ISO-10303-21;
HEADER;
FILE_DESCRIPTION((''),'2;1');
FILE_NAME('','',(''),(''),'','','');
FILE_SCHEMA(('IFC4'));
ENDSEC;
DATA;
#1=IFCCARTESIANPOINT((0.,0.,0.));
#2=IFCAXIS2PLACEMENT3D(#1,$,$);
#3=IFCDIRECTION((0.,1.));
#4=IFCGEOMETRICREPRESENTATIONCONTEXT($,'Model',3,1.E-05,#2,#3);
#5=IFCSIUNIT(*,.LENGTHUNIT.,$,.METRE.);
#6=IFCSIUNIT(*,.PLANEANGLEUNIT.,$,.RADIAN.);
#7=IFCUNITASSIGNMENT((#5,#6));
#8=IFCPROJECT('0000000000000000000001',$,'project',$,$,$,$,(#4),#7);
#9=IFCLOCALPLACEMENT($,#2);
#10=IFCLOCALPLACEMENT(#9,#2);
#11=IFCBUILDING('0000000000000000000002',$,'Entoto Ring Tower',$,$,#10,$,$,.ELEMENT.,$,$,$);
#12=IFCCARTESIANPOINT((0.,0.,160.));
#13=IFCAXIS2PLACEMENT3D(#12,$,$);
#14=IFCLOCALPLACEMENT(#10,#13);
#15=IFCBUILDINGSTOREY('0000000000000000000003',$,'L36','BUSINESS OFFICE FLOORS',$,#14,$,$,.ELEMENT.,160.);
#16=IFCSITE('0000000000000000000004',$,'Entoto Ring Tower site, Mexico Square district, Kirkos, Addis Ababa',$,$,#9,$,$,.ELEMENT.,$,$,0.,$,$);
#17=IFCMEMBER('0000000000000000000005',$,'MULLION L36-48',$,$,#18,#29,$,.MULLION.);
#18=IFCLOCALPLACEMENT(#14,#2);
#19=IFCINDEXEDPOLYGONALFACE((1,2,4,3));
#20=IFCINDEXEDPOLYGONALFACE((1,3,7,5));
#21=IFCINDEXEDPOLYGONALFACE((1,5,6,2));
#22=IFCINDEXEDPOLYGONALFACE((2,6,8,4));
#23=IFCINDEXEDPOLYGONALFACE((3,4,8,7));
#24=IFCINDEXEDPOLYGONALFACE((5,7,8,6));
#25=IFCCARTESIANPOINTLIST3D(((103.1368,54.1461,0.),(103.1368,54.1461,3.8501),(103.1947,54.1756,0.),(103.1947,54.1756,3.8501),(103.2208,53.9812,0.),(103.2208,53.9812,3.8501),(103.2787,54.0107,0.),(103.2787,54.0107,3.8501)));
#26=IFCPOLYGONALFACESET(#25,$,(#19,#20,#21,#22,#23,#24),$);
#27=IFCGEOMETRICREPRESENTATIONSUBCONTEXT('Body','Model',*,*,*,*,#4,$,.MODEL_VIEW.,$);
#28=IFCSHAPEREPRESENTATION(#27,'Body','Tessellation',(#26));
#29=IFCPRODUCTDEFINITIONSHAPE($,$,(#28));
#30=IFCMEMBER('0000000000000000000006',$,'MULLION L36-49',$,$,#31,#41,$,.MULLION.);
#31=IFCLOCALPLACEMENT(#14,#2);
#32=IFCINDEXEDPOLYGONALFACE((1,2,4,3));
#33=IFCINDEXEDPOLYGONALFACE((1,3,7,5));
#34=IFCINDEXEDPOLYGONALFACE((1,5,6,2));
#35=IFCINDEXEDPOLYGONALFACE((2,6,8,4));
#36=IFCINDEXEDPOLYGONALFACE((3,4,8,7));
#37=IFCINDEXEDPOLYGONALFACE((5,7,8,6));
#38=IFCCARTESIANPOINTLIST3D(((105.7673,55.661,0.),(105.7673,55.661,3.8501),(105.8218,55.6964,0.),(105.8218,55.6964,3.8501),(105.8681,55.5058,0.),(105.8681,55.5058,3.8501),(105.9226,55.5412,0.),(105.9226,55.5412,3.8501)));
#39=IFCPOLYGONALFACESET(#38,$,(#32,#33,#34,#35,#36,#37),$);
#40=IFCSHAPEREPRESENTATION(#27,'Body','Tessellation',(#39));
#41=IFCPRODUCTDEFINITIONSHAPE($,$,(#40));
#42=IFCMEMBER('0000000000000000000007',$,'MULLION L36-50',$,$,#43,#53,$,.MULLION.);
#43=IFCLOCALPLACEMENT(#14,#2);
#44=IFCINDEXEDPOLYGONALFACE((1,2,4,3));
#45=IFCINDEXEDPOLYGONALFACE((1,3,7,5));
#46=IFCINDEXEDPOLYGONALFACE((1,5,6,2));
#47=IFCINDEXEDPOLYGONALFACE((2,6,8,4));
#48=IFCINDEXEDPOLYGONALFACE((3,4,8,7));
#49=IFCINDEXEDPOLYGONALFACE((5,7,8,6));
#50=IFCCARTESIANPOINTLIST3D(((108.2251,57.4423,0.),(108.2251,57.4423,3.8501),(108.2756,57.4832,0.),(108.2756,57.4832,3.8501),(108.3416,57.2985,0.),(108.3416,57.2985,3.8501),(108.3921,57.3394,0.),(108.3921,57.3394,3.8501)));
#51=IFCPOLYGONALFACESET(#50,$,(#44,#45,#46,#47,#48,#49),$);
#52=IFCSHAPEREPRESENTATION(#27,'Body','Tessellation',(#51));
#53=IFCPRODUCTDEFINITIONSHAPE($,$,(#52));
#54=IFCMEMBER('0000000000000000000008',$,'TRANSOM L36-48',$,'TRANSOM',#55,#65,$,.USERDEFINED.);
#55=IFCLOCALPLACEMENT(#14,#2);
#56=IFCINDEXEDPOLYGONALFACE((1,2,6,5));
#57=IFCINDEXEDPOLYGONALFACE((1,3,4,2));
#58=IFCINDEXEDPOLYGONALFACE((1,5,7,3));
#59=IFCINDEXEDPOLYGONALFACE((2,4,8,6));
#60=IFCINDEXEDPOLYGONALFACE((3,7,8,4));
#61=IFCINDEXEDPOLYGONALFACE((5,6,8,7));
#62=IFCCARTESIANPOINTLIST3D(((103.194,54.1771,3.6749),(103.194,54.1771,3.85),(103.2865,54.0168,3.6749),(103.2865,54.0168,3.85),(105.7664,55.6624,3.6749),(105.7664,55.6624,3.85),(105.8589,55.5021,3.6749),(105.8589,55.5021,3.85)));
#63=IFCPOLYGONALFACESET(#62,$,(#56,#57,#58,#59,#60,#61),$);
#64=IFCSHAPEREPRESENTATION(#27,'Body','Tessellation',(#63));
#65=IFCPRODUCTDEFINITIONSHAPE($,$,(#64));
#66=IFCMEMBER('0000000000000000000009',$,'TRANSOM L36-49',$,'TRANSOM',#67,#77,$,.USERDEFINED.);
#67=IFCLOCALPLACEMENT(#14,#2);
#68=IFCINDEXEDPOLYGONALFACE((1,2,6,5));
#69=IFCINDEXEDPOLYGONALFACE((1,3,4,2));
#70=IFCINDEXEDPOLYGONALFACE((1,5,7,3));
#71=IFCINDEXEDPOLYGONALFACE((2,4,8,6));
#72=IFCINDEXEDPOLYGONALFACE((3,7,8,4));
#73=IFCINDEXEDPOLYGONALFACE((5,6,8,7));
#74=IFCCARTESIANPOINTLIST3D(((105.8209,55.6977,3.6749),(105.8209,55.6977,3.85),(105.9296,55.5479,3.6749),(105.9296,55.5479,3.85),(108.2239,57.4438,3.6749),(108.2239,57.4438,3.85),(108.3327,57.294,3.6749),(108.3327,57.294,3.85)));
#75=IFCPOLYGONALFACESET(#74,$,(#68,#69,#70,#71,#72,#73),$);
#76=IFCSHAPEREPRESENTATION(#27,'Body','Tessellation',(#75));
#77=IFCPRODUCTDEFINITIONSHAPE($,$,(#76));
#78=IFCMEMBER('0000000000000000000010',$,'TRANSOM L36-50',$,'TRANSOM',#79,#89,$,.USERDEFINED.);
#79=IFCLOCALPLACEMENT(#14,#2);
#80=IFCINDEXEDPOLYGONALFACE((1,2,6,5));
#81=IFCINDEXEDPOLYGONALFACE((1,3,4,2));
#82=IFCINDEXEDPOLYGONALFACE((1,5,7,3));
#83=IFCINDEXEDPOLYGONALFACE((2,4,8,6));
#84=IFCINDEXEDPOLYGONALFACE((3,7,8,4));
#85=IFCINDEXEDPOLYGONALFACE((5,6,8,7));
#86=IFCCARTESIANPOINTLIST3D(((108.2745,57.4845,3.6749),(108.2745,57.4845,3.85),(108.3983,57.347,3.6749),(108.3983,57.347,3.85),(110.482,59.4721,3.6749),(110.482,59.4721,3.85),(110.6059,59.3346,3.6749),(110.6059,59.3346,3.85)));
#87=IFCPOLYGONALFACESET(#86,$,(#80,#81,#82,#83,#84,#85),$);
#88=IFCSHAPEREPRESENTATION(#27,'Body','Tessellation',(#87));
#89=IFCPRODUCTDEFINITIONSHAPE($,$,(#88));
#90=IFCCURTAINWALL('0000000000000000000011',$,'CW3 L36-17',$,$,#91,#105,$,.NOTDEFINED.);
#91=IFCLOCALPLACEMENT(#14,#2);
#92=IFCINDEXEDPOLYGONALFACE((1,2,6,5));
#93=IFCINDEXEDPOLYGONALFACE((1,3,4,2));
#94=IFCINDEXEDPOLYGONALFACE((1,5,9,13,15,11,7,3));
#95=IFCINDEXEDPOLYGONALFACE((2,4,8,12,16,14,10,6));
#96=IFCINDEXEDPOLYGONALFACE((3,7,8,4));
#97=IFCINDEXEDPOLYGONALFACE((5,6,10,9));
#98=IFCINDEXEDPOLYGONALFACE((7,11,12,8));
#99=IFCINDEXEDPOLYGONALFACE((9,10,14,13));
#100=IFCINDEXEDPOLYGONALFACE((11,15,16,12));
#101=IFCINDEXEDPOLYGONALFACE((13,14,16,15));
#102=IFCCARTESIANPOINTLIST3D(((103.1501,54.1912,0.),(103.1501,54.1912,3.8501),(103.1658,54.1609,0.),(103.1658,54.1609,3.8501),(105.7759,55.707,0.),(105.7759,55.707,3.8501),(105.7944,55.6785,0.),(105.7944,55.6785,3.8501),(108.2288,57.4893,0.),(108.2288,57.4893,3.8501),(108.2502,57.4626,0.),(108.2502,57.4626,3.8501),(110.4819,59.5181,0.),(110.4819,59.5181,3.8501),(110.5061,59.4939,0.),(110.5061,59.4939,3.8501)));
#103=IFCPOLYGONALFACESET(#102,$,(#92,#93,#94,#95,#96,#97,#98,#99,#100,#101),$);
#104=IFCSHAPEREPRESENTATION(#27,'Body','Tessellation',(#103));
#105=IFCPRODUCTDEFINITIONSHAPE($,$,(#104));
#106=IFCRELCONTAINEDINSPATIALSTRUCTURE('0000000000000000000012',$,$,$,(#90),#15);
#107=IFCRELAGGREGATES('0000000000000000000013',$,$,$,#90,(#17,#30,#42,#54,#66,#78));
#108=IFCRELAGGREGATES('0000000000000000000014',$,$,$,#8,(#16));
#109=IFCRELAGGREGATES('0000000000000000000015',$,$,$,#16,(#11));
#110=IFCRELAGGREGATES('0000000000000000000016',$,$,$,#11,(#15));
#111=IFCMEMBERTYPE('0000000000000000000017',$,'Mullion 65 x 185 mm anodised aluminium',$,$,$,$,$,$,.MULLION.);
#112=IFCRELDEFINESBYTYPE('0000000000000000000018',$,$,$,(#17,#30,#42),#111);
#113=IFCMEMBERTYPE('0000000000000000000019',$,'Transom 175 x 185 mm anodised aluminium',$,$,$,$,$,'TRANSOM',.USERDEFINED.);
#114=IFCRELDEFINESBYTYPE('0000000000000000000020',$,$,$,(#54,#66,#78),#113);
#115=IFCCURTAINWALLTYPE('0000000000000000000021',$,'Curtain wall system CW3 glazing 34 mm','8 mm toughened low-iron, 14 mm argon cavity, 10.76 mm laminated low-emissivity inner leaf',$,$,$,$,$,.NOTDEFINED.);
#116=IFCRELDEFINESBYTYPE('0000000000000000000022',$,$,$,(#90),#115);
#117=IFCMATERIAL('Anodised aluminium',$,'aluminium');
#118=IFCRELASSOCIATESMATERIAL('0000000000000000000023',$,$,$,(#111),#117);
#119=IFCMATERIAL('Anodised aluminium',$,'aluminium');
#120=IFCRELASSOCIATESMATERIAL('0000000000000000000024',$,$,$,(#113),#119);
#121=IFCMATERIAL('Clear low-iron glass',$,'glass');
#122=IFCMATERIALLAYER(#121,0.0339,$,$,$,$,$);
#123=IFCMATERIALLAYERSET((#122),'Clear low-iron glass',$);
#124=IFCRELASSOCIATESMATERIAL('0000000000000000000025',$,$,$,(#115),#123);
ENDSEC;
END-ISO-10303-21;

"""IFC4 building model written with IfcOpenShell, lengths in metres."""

from ifc_helpers import new_model, si_unit, direction, frame, origin, origin_2d, place, context, subcontext, project, spatial, polyline, rectangle, outline, extrude, material, layer, layer_set, material_profile, profile_set, type_object, element, aggregate, save


model = new_model("IFC4")

# Units and contexts
model_context = context("Model", 3, precision=1e-05, world=origin(), true_north=direction((0.0, 1.0)))
body_context = subcontext(model_context, "Body", "Model", "MODEL_VIEW")
ifc_project = project(units=[si_unit("LENGTHUNIT", "METRE"), si_unit("PLANEANGLEUNIT", "RADIAN")], contexts=[model_context])

# Members
ifc_material_1 = material(Name="Anodised aluminium", Category="aluminium")
ifc_material_profile_1 = material_profile(ifc_material_1, rectangle(XDim=0.0649, YDim=0.1851, at=origin_2d()), Name="Mullion 65 x 185 mm anodised aluminium")
ifc_profile_set_1 = profile_set([ifc_material_profile_1], Name="Anodised aluminium")
member_type_1 = type_object("IfcMemberType", Name="Mullion 65 x 185 mm anodised aluminium", PredefinedType="MULLION", material=ifc_profile_set_1)
site_placement = place(None, origin())
building_placement = place(site_placement, origin())
storey_placement = place(building_placement, frame((0.0, 0.0, 160.0)))
member_1_placement = place(storey_placement, frame((103.2078, 54.0784, 0.0), z_axis=(0.0, 0.0, 1.0), x_axis=(0.891007, 0.45399, 0.0)))
member_1 = element("IfcMember", 1, at=member_1_placement, type_object=member_type_1, Name="MULLION L36-48", PredefinedType="MULLION", context=body_context, shape_type="SweptSolid", body=[
    extrude(rectangle(XDim=0.0649, YDim=0.1851, at=origin_2d()), origin(), (0.0, 0.0, 1.0), 3.8501),
])
member_2_placement = place(storey_placement, frame((105.845, 55.6011, 0.0), z_axis=(0.0, 0.0, 1.0), x_axis=(0.838671, 0.544639, 0.0)))
member_2 = element("IfcMember", 2, at=member_2_placement, type_object=member_type_1, Name="MULLION L36-49", PredefinedType="MULLION", context=body_context, shape_type="SweptSolid", body=[
    extrude(rectangle(XDim=0.0649, YDim=0.1851, at=origin_2d()), origin(), (0.0, 0.0, 1.0), 3.8501),
])
member_3_placement = place(storey_placement, frame((108.3086, 57.3909, 0.0), z_axis=(0.0, 0.0, 1.0), x_axis=(0.777146, 0.62932, 0.0)))
member_3 = element("IfcMember", 3, at=member_3_placement, type_object=member_type_1, Name="MULLION L36-50", PredefinedType="MULLION", context=body_context, shape_type="SweptSolid", body=[
    extrude(rectangle(XDim=0.0649, YDim=0.1851, at=origin_2d()), origin(), (0.0, 0.0, 1.0), 3.8501),
])
ifc_material_2 = material(Name="Anodised aluminium", Category="aluminium")
ifc_material_profile_2 = material_profile(ifc_material_2, rectangle(XDim=0.1851, YDim=0.175, at=origin_2d()), Name="Transom 175 x 185 mm anodised aluminium")
ifc_profile_set_2 = profile_set([ifc_material_profile_2], Name="Anodised aluminium")
member_type_2 = type_object("IfcMemberType", Name="Transom 175 x 185 mm anodised aluminium", ElementType="TRANSOM", PredefinedType="USERDEFINED", material=ifc_profile_set_2)
member_4_placement = place(storey_placement, frame((103.2402, 54.0969, 3.7625), z_axis=(0.866009, 0.500028, 0.0), x_axis=(-0.500028, 0.866009, 0.0)))
member_4 = element("IfcMember", 4, at=member_4_placement, type_object=member_type_2, Name="TRANSOM L36-48", ObjectType="TRANSOM", PredefinedType="USERDEFINED", context=body_context, shape_type="SweptSolid", body=[
    extrude(rectangle(XDim=0.1851, YDim=0.175, at=origin_2d()), origin(), (0.0, 0.0, 1.0), 2.9705),
])
member_5_placement = place(storey_placement, frame((105.8752, 55.6228, 3.7625), z_axis=(0.808992, 0.58782, 0.0), x_axis=(-0.58782, 0.808992, 0.0)))
member_5 = element("IfcMember", 5, at=member_5_placement, type_object=member_type_2, Name="TRANSOM L36-49", ObjectType="TRANSOM", PredefinedType="USERDEFINED", context=body_context, shape_type="SweptSolid", body=[
    extrude(rectangle(XDim=0.1851, YDim=0.175, at=origin_2d()), origin(), (0.0, 0.0, 1.0), 2.9705),
])
member_6_placement = place(storey_placement, frame((108.3364, 57.4158, 3.7625), z_axis=(0.743163, 0.66911, 0.0), x_axis=(-0.66911, 0.743163, 0.0)))
member_6 = element("IfcMember", 6, at=member_6_placement, type_object=member_type_2, Name="TRANSOM L36-50", ObjectType="TRANSOM", PredefinedType="USERDEFINED", context=body_context, shape_type="SweptSolid", body=[
    extrude(rectangle(XDim=0.1851, YDim=0.175, at=origin_2d()), origin(), (0.0, 0.0, 1.0), 2.9705),
])

# Site, building, storey
site = spatial("IfcSite", under=ifc_project, at=site_placement, Name="Entoto Ring Tower site, Mexico Square district, Kirkos, Addis Ababa", CompositionType="ELEMENT", RefElevation=0.0)
building = spatial("IfcBuilding", under=site, at=building_placement, Name="Entoto Ring Tower", CompositionType="ELEMENT")
storey = spatial("IfcBuildingStorey", under=building, at=storey_placement, Name="L36", Description="BUSINESS OFFICE FLOORS", CompositionType="ELEMENT", Elevation=160.0)

# Curtain wall
ifc_material_3 = material(Name="Clear low-iron glass", Category="glass")
ifc_layer = layer(ifc_material_3, 0.0339)
ifc_layer_set = layer_set([ifc_layer], Name="Clear low-iron glass")
curtain_wall_type = type_object("IfcCurtainWallType", Name="Curtain wall system CW3 glazing 34 mm", Description="8 mm toughened low-iron, 14 mm argon cavity, 10.76 mm laminated low-emissivity inner leaf", PredefinedType="NOTDEFINED", material=ifc_layer_set)
curtain_wall_1_placement = place(storey_placement, origin())
curtain_wall_1 = element("IfcCurtainWall", 7, at=curtain_wall_1_placement, inside=storey, type_object=curtain_wall_type, Name="CW3 L36-17", PredefinedType="NOTDEFINED", context=body_context, shape_type="SweptSolid", body=[
    extrude(outline(polyline([(103.1658, 54.1609), (105.7944, 55.6785), (108.2502, 57.4626), (110.5061, 59.4939), (110.4819, 59.5181), (108.2288, 57.4893), (105.7759, 55.707), (103.1501, 54.1912), (103.1658, 54.1609)])), origin(), (0.0, 0.0, 1.0), 3.8501),
])
aggregate(curtain_wall_1, [member_1, member_2, member_3, member_4, member_5, member_6])

save(model, "model.ifc")
